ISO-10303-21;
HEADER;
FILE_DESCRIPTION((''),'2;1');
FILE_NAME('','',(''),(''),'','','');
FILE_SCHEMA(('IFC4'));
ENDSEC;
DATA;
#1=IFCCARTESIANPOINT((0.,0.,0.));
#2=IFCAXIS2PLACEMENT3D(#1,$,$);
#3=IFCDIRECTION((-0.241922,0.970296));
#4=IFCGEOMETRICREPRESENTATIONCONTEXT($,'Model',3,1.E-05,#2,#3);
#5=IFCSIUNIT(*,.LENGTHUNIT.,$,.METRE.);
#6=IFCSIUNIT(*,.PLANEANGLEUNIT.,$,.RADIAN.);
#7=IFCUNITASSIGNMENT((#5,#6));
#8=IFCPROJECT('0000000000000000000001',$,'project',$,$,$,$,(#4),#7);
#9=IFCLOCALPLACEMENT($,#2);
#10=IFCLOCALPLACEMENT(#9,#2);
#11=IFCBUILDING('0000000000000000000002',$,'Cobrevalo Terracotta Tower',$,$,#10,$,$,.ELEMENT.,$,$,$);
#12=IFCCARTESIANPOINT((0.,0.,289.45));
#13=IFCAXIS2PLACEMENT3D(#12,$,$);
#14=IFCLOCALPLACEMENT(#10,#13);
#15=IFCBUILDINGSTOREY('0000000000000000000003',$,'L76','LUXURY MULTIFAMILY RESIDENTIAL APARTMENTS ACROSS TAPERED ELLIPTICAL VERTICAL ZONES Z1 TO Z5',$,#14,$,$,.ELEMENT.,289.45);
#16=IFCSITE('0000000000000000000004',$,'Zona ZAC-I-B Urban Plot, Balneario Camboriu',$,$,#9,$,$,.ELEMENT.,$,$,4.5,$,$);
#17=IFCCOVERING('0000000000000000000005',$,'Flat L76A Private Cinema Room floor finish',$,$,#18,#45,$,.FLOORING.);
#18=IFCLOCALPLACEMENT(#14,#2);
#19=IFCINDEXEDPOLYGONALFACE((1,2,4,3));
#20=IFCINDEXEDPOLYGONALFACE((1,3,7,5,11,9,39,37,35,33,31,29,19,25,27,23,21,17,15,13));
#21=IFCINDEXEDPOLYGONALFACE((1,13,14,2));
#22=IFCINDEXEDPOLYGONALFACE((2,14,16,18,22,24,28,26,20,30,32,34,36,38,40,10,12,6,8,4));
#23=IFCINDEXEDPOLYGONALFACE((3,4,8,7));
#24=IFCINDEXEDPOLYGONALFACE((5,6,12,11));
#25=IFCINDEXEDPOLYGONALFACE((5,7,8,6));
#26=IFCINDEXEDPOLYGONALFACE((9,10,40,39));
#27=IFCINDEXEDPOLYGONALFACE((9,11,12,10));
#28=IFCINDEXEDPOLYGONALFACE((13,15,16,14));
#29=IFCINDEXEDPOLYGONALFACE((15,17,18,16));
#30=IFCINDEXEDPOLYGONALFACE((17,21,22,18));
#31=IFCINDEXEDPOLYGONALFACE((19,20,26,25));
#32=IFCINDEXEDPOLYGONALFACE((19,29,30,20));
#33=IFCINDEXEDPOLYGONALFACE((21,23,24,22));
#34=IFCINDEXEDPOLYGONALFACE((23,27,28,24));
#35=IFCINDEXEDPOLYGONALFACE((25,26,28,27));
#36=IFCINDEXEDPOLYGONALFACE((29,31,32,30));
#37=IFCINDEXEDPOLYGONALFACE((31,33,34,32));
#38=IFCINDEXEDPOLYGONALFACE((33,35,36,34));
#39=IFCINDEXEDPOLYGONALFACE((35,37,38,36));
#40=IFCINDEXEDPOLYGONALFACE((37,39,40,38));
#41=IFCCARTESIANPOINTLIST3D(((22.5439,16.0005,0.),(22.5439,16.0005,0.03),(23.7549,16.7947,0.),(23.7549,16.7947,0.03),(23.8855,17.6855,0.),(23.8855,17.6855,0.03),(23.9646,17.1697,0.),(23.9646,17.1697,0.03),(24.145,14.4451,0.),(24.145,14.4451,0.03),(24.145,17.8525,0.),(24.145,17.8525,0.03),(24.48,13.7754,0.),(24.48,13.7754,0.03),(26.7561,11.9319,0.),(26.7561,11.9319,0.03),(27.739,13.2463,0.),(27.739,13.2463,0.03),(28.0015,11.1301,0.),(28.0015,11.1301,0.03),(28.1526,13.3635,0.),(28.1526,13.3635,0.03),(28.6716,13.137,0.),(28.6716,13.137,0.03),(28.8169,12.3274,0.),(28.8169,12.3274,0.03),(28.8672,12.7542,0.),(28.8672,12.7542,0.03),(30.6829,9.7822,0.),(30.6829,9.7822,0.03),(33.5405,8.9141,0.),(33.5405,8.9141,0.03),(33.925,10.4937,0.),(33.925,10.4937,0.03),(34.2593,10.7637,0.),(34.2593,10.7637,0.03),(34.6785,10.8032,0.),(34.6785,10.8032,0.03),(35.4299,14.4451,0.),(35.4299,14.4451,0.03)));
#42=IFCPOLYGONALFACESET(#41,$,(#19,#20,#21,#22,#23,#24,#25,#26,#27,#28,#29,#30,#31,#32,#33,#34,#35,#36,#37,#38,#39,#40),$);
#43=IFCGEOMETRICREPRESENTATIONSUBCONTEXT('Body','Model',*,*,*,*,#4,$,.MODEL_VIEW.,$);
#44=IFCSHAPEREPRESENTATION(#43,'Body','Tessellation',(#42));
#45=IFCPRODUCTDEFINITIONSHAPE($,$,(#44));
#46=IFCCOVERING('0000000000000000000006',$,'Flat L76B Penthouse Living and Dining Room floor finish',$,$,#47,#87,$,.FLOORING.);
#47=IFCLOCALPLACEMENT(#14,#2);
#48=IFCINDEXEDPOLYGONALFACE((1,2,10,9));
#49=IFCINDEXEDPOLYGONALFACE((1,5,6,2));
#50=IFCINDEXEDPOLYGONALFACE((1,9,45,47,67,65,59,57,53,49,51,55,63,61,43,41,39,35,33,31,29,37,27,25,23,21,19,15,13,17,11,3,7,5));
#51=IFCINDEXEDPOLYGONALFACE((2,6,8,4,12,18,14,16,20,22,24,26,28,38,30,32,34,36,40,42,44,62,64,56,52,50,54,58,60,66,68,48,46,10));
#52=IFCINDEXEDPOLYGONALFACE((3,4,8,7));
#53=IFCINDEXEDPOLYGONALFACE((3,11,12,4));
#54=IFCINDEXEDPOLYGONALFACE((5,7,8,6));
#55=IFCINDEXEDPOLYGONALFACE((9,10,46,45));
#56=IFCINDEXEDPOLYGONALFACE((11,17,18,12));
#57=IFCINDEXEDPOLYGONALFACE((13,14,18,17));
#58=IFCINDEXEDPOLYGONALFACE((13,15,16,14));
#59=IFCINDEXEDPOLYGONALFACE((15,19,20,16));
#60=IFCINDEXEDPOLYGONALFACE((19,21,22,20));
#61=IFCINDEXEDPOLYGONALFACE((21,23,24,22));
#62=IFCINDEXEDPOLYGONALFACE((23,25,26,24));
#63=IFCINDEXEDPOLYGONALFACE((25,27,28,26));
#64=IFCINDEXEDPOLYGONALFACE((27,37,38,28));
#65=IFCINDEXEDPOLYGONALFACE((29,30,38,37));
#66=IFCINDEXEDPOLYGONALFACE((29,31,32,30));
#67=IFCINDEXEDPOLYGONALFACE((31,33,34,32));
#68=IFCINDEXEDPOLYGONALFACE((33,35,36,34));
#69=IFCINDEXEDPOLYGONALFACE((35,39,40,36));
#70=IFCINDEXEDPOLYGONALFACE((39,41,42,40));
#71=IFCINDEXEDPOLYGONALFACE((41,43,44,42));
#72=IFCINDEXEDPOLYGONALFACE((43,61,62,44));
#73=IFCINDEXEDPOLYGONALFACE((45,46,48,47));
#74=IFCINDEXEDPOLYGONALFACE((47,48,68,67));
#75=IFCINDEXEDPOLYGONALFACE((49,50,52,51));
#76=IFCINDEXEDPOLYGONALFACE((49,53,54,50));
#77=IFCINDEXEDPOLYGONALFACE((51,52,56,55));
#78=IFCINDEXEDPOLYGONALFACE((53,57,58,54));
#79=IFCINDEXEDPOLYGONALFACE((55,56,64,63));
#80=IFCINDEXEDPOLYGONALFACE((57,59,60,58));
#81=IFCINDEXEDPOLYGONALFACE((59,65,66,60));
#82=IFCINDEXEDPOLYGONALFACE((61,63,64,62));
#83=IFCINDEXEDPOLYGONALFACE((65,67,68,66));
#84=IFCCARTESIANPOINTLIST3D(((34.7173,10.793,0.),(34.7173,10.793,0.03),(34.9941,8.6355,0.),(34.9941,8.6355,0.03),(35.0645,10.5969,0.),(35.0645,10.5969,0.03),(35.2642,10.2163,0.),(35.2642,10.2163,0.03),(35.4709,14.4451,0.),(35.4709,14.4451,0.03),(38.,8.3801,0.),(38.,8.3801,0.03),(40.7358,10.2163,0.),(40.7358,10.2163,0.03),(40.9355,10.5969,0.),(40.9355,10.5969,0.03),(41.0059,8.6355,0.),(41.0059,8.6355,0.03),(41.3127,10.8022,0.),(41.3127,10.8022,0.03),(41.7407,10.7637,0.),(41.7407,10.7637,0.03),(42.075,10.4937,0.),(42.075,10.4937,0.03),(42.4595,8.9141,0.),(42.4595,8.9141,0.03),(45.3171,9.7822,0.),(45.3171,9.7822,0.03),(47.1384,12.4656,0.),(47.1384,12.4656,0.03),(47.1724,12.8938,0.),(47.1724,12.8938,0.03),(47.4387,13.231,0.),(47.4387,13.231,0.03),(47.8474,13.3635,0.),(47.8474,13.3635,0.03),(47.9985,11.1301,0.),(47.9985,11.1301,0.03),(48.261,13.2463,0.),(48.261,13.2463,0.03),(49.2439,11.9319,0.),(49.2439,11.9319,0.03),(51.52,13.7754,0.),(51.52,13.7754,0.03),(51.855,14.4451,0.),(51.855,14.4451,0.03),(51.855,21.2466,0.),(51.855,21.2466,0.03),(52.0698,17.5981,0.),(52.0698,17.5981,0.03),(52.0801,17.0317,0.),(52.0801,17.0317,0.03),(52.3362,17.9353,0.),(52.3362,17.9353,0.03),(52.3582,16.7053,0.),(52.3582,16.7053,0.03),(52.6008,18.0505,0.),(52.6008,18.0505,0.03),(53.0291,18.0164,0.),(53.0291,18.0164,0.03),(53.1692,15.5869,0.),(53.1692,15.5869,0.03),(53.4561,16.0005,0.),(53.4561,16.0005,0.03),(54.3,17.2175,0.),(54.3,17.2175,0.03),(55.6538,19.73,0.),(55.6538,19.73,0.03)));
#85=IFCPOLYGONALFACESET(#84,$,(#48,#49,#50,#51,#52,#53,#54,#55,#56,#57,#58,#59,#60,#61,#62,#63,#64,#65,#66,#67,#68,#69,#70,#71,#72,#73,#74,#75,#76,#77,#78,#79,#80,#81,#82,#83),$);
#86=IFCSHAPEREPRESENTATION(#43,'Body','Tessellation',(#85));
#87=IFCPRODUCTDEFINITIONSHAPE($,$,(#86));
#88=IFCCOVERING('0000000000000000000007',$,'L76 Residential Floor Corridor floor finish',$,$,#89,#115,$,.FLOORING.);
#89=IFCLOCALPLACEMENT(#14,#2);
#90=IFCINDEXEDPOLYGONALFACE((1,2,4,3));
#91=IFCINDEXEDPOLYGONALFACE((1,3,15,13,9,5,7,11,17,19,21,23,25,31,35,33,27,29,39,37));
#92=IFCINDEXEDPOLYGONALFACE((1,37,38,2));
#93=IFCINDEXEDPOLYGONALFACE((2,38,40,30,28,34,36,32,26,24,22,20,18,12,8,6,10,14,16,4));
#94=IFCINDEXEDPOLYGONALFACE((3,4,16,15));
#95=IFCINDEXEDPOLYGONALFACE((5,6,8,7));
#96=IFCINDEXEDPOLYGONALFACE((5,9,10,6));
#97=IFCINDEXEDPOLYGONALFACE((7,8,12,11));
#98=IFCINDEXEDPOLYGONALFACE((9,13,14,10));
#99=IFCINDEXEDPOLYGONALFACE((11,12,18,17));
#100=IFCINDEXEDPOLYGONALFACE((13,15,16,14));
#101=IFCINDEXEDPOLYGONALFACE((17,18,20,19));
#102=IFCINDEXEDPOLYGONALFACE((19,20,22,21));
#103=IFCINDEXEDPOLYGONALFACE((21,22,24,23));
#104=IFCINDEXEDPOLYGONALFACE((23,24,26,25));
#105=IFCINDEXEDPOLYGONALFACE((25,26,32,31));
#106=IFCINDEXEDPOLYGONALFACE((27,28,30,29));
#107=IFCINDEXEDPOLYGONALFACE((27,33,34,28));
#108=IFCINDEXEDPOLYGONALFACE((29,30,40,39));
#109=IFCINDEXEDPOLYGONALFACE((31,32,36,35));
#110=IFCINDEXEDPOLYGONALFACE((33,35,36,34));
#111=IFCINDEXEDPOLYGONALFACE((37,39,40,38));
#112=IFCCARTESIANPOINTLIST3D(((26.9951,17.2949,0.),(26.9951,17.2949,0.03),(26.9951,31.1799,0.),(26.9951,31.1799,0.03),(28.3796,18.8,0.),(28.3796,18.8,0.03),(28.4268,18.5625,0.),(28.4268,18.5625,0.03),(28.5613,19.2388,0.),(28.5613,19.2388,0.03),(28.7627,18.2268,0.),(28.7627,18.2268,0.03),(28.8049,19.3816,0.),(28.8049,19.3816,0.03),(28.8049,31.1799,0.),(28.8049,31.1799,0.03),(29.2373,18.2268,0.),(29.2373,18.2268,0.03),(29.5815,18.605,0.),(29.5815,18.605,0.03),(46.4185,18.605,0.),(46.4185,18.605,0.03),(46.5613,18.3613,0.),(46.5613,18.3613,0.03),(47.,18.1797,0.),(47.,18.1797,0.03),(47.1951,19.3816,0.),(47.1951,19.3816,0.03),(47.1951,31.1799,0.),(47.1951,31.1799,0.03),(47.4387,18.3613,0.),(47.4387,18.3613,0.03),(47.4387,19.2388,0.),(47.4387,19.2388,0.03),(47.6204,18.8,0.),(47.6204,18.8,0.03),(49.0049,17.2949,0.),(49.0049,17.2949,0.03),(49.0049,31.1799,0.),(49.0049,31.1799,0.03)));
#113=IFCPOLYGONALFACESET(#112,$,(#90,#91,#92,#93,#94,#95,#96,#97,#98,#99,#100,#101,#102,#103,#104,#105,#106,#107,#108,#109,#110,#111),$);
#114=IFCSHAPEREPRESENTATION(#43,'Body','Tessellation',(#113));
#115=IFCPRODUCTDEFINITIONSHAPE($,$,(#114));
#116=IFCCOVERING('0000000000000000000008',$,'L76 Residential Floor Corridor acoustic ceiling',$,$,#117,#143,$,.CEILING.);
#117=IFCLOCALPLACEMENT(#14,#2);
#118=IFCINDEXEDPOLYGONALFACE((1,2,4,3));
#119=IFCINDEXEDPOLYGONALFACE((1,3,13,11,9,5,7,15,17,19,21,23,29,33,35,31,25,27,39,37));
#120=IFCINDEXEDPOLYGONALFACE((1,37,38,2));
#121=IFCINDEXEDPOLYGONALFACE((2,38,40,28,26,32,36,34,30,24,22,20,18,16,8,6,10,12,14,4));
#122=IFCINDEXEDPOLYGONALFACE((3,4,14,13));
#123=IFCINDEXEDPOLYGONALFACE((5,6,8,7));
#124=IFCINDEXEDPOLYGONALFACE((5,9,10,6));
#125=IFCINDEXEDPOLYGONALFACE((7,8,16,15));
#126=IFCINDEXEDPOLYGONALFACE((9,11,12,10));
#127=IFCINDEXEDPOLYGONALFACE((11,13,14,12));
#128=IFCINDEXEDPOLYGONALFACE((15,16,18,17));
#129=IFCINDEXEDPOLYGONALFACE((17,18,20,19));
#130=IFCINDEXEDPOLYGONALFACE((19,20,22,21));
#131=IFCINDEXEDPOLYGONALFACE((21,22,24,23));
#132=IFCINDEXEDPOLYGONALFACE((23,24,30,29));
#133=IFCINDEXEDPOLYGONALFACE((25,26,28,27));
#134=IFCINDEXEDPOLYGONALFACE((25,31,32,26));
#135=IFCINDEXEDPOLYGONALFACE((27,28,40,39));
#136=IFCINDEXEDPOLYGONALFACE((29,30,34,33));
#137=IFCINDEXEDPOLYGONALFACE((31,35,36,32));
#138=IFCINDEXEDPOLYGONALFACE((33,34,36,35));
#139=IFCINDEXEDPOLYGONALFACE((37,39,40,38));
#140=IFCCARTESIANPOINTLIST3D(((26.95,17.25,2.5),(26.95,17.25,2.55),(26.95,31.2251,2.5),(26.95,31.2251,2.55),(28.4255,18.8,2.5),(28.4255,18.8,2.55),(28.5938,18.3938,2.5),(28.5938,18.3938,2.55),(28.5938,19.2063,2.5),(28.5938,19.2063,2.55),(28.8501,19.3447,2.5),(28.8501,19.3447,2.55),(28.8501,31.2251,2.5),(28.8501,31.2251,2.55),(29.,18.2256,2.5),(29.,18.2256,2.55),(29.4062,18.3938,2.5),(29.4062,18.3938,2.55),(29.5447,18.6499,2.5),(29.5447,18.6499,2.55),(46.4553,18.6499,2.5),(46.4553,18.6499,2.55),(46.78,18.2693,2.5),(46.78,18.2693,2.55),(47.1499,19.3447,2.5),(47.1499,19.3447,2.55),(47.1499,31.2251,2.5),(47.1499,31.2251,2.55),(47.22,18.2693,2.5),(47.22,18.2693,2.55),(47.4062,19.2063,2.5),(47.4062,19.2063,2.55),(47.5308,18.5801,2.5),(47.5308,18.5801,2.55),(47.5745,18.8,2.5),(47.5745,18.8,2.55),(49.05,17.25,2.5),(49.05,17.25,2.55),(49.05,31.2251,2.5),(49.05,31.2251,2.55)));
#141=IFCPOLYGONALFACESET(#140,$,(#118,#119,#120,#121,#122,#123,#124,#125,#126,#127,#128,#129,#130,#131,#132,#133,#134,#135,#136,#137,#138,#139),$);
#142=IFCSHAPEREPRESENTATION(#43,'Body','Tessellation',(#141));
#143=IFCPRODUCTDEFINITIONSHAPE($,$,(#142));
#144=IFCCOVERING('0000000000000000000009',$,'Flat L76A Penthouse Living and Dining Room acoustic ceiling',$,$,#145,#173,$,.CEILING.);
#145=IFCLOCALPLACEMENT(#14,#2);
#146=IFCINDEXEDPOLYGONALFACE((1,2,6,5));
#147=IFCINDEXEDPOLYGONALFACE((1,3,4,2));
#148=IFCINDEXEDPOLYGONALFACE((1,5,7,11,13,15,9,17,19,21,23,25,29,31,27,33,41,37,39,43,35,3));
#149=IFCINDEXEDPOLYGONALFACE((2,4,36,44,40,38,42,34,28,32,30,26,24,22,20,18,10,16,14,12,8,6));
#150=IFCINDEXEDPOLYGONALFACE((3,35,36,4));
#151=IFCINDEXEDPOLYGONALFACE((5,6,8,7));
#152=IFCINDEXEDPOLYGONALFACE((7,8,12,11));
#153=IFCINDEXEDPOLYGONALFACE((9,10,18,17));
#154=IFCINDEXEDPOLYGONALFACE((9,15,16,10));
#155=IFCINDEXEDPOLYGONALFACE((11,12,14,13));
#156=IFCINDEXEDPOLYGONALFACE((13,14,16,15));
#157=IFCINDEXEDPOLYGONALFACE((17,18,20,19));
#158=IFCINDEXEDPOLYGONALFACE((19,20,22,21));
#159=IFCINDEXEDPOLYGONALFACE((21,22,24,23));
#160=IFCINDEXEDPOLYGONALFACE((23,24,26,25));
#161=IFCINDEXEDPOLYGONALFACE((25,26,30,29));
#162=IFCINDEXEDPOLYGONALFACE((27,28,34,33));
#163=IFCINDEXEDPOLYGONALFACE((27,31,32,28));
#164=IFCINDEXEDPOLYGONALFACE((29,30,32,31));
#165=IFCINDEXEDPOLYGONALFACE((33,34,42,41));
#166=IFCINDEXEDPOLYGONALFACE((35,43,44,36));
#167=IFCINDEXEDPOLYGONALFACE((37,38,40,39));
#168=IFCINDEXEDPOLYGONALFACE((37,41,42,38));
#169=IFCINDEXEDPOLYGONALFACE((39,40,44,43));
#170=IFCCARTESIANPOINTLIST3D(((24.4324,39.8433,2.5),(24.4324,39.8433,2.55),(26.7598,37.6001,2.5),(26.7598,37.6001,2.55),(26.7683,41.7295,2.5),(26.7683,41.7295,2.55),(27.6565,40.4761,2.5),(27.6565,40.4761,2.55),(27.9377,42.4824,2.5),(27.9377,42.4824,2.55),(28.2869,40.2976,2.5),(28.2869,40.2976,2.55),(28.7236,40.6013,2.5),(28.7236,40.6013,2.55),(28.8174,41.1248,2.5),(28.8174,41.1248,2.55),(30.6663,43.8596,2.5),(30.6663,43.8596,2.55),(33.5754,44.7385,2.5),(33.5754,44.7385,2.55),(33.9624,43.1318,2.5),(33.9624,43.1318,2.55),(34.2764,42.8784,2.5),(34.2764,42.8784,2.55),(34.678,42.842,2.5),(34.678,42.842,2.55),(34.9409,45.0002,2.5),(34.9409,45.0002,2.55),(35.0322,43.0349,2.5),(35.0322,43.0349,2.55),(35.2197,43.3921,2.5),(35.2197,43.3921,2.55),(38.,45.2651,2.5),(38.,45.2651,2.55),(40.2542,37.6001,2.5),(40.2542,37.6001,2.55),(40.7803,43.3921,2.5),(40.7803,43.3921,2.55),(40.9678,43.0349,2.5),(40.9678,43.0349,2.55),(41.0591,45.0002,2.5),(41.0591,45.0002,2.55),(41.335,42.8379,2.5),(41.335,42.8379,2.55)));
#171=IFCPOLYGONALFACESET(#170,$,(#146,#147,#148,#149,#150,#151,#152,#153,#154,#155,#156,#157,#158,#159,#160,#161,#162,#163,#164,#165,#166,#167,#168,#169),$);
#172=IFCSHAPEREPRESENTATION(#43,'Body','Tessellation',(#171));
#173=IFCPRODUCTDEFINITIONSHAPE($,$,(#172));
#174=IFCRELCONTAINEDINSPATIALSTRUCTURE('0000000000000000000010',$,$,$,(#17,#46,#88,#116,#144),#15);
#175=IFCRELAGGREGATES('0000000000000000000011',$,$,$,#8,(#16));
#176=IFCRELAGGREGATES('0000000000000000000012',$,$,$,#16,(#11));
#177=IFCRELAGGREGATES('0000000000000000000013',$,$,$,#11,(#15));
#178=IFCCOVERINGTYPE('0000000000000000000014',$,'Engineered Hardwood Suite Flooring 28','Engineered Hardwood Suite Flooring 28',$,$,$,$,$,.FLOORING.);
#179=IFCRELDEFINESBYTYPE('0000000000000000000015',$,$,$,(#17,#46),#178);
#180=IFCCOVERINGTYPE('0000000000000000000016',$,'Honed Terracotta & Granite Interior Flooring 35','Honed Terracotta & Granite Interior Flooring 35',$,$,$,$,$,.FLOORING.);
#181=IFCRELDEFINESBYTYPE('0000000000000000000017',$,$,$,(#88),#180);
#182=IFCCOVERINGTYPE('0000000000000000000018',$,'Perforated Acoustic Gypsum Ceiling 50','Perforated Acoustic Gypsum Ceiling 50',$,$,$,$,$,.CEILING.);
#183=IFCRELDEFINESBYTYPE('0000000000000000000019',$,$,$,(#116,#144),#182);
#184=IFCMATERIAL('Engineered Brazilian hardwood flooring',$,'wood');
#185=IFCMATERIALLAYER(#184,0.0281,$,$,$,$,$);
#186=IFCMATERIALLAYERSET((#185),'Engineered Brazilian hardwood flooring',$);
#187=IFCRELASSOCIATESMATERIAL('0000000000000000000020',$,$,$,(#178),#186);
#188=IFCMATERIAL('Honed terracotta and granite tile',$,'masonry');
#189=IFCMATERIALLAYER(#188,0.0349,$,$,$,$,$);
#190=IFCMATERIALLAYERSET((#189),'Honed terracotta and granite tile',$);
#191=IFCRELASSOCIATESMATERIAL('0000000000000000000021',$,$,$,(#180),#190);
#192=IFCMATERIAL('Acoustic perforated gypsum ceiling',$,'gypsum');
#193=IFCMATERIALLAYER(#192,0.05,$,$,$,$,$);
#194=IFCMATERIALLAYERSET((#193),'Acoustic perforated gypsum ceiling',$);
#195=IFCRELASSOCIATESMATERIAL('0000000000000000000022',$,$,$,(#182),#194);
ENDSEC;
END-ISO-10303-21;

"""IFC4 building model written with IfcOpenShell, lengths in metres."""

from ifc_helpers import new_model, si_unit, direction, frame, origin, place, context, subcontext, project, spatial, polyline, outline, extrude, material, layer, layer_set, type_object, element, save


model = new_model("IFC4")

# Units and contexts
model_context = context("Model", 3, precision=1e-05, world=origin(), true_north=direction((-0.241922, 0.970296)))
body_context = subcontext(model_context, "Body", "Model", "MODEL_VIEW")
ifc_project = project(units=[si_unit("LENGTHUNIT", "METRE"), si_unit("PLANEANGLEUNIT", "RADIAN")], contexts=[model_context])

# Site, building, storey
site_placement = place(None, origin())
site = spatial("IfcSite", under=ifc_project, at=site_placement, Name="Zona ZAC-I-B Urban Plot, Balneario Camboriu", CompositionType="ELEMENT", RefElevation=4.5)
building_placement = place(site_placement, origin())
building = spatial("IfcBuilding", under=site, at=building_placement, Name="Cobrevalo Terracotta Tower", CompositionType="ELEMENT")
storey_placement = place(building_placement, frame((0.0, 0.0, 289.45)))
storey = spatial("IfcBuildingStorey", under=building, at=storey_placement, Name="L76", Description="LUXURY MULTIFAMILY RESIDENTIAL APARTMENTS ACROSS TAPERED ELLIPTICAL VERTICAL ZONES Z1 TO Z5", CompositionType="ELEMENT", Elevation=289.45)

# Coverings
ifc_material_1 = material(Name="Engineered Brazilian hardwood flooring", Category="wood")
ifc_layer_1 = layer(ifc_material_1, 0.0281)
ifc_layer_set_1 = layer_set([ifc_layer_1], Name="Engineered Brazilian hardwood flooring")
covering_type_1 = type_object("IfcCoveringType", Name="Engineered Hardwood Suite Flooring 28", Description="Engineered Hardwood Suite Flooring 28", PredefinedType="FLOORING", material=ifc_layer_set_1)
covering_1_placement = place(storey_placement, origin())
element("IfcCovering", 1, at=covering_1_placement, inside=storey, type_object=covering_type_1, Name="Flat L76A Private Cinema Room floor finish", PredefinedType="FLOORING", context=body_context, shape_type="SweptSolid", body=[
    extrude(outline(polyline([(28.0015, 11.1301), (28.8169, 12.3274), (28.8672, 12.7542), (28.6716, 13.137), (28.1526, 13.3635), (27.739, 13.2463), (26.7561, 11.9319), (24.48, 13.7754), (22.5439, 16.0005), (23.7549, 16.7947), (23.9646, 17.1697), (23.8855, 17.6855), (24.145, 17.8525), (24.145, 14.4451), (35.4299, 14.4451), (34.6785, 10.8032), (34.2593, 10.7637), (33.925, 10.4937), (33.5405, 8.9141), (30.6829, 9.7822), (28.0015, 11.1301)])), origin(), (0.0, 0.0, 1.0), 0.03),
])
covering_2_placement = place(storey_placement, origin())
element("IfcCovering", 2, at=covering_2_placement, inside=storey, type_object=covering_type_1, Name="Flat L76B Penthouse Living and Dining Room floor finish", PredefinedType="FLOORING", context=body_context, shape_type="SweptSolid", body=[
    extrude(outline(polyline([(54.3, 17.2175), (53.0291, 18.0164), (52.6008, 18.0505), (52.3362, 17.9353), (52.0698, 17.5981), (52.0801, 17.0317), (52.3582, 16.7053), (53.4561, 16.0005), (53.1692, 15.5869), (51.52, 13.7754), (49.2439, 11.9319), (48.261, 13.2463), (47.8474, 13.3635), (47.4387, 13.231), (47.1724, 12.8938), (47.1384, 12.4656), (47.9985, 11.1301), (45.3171, 9.7822), (42.4595, 8.9141), (42.075, 10.4937), (41.7407, 10.7637), (41.3127, 10.8022), (40.9355, 10.5969), (40.7358, 10.2163), (41.0059, 8.6355), (38.0, 8.3801), (34.9941, 8.6355), (35.2642, 10.2163), (35.0645, 10.5969), (34.7173, 10.793), (35.4709, 14.4451), (51.855, 14.4451), (51.855, 21.2466), (55.6538, 19.73), (54.3, 17.2175)])), origin(), (0.0, 0.0, 1.0), 0.03),
])
ifc_material_2 = material(Name="Honed terracotta and granite tile", Category="masonry")
ifc_layer_2 = layer(ifc_material_2, 0.0349)
ifc_layer_set_2 = layer_set([ifc_layer_2], Name="Honed terracotta and granite tile")
covering_type_2 = type_object("IfcCoveringType", Name="Honed Terracotta & Granite Interior Flooring 35", Description="Honed Terracotta & Granite Interior Flooring 35", PredefinedType="FLOORING", material=ifc_layer_set_2)
covering_3_placement = place(storey_placement, origin())
element("IfcCovering", 3, at=covering_3_placement, inside=storey, type_object=covering_type_2, Name="L76 Residential Floor Corridor floor finish", PredefinedType="FLOORING", context=body_context, shape_type="SweptSolid", body=[
    extrude(outline(polyline([(26.9951, 31.1799), (28.8049, 31.1799), (28.8049, 19.3816), (28.5613, 19.2388), (28.3796, 18.8), (28.4268, 18.5625), (28.7627, 18.2268), (29.2373, 18.2268), (29.5815, 18.605), (46.4185, 18.605), (46.5613, 18.3613), (47.0, 18.1797), (47.4387, 18.3613), (47.6204, 18.8), (47.4387, 19.2388), (47.1951, 19.3816), (47.1951, 31.1799), (49.0049, 31.1799), (49.0049, 17.2949), (26.9951, 17.2949), (26.9951, 31.1799)])), origin(), (0.0, 0.0, 1.0), 0.03),
])
ifc_material_3 = material(Name="Acoustic perforated gypsum ceiling", Category="gypsum")
ifc_layer_3 = layer(ifc_material_3, 0.05)
ifc_layer_set_3 = layer_set([ifc_layer_3], Name="Acoustic perforated gypsum ceiling")
covering_type_3 = type_object("IfcCoveringType", Name="Perforated Acoustic Gypsum Ceiling 50", Description="Perforated Acoustic Gypsum Ceiling 50", PredefinedType="CEILING", material=ifc_layer_set_3)
covering_4_placement = place(storey_placement, frame((0.0, 0.0, 2.5)))
element("IfcCovering", 4, at=covering_4_placement, inside=storey, type_object=covering_type_3, Name="L76 Residential Floor Corridor acoustic ceiling", PredefinedType="CEILING", context=body_context, shape_type="SweptSolid", body=[
    extrude(outline(polyline([(26.95, 31.2251), (28.8501, 31.2251), (28.8501, 19.3447), (28.5938, 19.2063), (28.4255, 18.8), (28.5938, 18.3938), (29.0, 18.2256), (29.4062, 18.3938), (29.5447, 18.6499), (46.4553, 18.6499), (46.78, 18.2693), (47.22, 18.2693), (47.5308, 18.5801), (47.5745, 18.8), (47.4062, 19.2063), (47.1499, 19.3447), (47.1499, 31.2251), (49.05, 31.2251), (49.05, 17.25), (26.95, 17.25), (26.95, 31.2251)])), origin(), (0.0, 0.0, 1.0), 0.05),
])
covering_5_placement = place(storey_placement, frame((0.0, 0.0, 2.5)))
element("IfcCovering", 5, at=covering_5_placement, inside=storey, type_object=covering_type_3, Name="Flat L76A Penthouse Living and Dining Room acoustic ceiling", PredefinedType="CEILING", context=body_context, shape_type="SweptSolid", body=[
    extrude(outline(polyline([(26.7683, 41.7295), (27.6565, 40.4761), (28.2869, 40.2976), (28.7236, 40.6013), (28.8174, 41.1248), (27.9377, 42.4824), (30.6663, 43.8596), (33.5754, 44.7385), (33.9624, 43.1318), (34.2764, 42.8784), (34.678, 42.842), (35.0322, 43.0349), (35.2197, 43.3921), (34.9409, 45.0002), (38.0, 45.2651), (41.0591, 45.0002), (40.7803, 43.3921), (40.9678, 43.0349), (41.335, 42.8379), (40.2542, 37.6001), (26.7598, 37.6001), (24.4324, 39.8433), (26.7683, 41.7295)])), origin(), (0.0, 0.0, 1.0), 0.05),
])

save(model, "model.ifc")
